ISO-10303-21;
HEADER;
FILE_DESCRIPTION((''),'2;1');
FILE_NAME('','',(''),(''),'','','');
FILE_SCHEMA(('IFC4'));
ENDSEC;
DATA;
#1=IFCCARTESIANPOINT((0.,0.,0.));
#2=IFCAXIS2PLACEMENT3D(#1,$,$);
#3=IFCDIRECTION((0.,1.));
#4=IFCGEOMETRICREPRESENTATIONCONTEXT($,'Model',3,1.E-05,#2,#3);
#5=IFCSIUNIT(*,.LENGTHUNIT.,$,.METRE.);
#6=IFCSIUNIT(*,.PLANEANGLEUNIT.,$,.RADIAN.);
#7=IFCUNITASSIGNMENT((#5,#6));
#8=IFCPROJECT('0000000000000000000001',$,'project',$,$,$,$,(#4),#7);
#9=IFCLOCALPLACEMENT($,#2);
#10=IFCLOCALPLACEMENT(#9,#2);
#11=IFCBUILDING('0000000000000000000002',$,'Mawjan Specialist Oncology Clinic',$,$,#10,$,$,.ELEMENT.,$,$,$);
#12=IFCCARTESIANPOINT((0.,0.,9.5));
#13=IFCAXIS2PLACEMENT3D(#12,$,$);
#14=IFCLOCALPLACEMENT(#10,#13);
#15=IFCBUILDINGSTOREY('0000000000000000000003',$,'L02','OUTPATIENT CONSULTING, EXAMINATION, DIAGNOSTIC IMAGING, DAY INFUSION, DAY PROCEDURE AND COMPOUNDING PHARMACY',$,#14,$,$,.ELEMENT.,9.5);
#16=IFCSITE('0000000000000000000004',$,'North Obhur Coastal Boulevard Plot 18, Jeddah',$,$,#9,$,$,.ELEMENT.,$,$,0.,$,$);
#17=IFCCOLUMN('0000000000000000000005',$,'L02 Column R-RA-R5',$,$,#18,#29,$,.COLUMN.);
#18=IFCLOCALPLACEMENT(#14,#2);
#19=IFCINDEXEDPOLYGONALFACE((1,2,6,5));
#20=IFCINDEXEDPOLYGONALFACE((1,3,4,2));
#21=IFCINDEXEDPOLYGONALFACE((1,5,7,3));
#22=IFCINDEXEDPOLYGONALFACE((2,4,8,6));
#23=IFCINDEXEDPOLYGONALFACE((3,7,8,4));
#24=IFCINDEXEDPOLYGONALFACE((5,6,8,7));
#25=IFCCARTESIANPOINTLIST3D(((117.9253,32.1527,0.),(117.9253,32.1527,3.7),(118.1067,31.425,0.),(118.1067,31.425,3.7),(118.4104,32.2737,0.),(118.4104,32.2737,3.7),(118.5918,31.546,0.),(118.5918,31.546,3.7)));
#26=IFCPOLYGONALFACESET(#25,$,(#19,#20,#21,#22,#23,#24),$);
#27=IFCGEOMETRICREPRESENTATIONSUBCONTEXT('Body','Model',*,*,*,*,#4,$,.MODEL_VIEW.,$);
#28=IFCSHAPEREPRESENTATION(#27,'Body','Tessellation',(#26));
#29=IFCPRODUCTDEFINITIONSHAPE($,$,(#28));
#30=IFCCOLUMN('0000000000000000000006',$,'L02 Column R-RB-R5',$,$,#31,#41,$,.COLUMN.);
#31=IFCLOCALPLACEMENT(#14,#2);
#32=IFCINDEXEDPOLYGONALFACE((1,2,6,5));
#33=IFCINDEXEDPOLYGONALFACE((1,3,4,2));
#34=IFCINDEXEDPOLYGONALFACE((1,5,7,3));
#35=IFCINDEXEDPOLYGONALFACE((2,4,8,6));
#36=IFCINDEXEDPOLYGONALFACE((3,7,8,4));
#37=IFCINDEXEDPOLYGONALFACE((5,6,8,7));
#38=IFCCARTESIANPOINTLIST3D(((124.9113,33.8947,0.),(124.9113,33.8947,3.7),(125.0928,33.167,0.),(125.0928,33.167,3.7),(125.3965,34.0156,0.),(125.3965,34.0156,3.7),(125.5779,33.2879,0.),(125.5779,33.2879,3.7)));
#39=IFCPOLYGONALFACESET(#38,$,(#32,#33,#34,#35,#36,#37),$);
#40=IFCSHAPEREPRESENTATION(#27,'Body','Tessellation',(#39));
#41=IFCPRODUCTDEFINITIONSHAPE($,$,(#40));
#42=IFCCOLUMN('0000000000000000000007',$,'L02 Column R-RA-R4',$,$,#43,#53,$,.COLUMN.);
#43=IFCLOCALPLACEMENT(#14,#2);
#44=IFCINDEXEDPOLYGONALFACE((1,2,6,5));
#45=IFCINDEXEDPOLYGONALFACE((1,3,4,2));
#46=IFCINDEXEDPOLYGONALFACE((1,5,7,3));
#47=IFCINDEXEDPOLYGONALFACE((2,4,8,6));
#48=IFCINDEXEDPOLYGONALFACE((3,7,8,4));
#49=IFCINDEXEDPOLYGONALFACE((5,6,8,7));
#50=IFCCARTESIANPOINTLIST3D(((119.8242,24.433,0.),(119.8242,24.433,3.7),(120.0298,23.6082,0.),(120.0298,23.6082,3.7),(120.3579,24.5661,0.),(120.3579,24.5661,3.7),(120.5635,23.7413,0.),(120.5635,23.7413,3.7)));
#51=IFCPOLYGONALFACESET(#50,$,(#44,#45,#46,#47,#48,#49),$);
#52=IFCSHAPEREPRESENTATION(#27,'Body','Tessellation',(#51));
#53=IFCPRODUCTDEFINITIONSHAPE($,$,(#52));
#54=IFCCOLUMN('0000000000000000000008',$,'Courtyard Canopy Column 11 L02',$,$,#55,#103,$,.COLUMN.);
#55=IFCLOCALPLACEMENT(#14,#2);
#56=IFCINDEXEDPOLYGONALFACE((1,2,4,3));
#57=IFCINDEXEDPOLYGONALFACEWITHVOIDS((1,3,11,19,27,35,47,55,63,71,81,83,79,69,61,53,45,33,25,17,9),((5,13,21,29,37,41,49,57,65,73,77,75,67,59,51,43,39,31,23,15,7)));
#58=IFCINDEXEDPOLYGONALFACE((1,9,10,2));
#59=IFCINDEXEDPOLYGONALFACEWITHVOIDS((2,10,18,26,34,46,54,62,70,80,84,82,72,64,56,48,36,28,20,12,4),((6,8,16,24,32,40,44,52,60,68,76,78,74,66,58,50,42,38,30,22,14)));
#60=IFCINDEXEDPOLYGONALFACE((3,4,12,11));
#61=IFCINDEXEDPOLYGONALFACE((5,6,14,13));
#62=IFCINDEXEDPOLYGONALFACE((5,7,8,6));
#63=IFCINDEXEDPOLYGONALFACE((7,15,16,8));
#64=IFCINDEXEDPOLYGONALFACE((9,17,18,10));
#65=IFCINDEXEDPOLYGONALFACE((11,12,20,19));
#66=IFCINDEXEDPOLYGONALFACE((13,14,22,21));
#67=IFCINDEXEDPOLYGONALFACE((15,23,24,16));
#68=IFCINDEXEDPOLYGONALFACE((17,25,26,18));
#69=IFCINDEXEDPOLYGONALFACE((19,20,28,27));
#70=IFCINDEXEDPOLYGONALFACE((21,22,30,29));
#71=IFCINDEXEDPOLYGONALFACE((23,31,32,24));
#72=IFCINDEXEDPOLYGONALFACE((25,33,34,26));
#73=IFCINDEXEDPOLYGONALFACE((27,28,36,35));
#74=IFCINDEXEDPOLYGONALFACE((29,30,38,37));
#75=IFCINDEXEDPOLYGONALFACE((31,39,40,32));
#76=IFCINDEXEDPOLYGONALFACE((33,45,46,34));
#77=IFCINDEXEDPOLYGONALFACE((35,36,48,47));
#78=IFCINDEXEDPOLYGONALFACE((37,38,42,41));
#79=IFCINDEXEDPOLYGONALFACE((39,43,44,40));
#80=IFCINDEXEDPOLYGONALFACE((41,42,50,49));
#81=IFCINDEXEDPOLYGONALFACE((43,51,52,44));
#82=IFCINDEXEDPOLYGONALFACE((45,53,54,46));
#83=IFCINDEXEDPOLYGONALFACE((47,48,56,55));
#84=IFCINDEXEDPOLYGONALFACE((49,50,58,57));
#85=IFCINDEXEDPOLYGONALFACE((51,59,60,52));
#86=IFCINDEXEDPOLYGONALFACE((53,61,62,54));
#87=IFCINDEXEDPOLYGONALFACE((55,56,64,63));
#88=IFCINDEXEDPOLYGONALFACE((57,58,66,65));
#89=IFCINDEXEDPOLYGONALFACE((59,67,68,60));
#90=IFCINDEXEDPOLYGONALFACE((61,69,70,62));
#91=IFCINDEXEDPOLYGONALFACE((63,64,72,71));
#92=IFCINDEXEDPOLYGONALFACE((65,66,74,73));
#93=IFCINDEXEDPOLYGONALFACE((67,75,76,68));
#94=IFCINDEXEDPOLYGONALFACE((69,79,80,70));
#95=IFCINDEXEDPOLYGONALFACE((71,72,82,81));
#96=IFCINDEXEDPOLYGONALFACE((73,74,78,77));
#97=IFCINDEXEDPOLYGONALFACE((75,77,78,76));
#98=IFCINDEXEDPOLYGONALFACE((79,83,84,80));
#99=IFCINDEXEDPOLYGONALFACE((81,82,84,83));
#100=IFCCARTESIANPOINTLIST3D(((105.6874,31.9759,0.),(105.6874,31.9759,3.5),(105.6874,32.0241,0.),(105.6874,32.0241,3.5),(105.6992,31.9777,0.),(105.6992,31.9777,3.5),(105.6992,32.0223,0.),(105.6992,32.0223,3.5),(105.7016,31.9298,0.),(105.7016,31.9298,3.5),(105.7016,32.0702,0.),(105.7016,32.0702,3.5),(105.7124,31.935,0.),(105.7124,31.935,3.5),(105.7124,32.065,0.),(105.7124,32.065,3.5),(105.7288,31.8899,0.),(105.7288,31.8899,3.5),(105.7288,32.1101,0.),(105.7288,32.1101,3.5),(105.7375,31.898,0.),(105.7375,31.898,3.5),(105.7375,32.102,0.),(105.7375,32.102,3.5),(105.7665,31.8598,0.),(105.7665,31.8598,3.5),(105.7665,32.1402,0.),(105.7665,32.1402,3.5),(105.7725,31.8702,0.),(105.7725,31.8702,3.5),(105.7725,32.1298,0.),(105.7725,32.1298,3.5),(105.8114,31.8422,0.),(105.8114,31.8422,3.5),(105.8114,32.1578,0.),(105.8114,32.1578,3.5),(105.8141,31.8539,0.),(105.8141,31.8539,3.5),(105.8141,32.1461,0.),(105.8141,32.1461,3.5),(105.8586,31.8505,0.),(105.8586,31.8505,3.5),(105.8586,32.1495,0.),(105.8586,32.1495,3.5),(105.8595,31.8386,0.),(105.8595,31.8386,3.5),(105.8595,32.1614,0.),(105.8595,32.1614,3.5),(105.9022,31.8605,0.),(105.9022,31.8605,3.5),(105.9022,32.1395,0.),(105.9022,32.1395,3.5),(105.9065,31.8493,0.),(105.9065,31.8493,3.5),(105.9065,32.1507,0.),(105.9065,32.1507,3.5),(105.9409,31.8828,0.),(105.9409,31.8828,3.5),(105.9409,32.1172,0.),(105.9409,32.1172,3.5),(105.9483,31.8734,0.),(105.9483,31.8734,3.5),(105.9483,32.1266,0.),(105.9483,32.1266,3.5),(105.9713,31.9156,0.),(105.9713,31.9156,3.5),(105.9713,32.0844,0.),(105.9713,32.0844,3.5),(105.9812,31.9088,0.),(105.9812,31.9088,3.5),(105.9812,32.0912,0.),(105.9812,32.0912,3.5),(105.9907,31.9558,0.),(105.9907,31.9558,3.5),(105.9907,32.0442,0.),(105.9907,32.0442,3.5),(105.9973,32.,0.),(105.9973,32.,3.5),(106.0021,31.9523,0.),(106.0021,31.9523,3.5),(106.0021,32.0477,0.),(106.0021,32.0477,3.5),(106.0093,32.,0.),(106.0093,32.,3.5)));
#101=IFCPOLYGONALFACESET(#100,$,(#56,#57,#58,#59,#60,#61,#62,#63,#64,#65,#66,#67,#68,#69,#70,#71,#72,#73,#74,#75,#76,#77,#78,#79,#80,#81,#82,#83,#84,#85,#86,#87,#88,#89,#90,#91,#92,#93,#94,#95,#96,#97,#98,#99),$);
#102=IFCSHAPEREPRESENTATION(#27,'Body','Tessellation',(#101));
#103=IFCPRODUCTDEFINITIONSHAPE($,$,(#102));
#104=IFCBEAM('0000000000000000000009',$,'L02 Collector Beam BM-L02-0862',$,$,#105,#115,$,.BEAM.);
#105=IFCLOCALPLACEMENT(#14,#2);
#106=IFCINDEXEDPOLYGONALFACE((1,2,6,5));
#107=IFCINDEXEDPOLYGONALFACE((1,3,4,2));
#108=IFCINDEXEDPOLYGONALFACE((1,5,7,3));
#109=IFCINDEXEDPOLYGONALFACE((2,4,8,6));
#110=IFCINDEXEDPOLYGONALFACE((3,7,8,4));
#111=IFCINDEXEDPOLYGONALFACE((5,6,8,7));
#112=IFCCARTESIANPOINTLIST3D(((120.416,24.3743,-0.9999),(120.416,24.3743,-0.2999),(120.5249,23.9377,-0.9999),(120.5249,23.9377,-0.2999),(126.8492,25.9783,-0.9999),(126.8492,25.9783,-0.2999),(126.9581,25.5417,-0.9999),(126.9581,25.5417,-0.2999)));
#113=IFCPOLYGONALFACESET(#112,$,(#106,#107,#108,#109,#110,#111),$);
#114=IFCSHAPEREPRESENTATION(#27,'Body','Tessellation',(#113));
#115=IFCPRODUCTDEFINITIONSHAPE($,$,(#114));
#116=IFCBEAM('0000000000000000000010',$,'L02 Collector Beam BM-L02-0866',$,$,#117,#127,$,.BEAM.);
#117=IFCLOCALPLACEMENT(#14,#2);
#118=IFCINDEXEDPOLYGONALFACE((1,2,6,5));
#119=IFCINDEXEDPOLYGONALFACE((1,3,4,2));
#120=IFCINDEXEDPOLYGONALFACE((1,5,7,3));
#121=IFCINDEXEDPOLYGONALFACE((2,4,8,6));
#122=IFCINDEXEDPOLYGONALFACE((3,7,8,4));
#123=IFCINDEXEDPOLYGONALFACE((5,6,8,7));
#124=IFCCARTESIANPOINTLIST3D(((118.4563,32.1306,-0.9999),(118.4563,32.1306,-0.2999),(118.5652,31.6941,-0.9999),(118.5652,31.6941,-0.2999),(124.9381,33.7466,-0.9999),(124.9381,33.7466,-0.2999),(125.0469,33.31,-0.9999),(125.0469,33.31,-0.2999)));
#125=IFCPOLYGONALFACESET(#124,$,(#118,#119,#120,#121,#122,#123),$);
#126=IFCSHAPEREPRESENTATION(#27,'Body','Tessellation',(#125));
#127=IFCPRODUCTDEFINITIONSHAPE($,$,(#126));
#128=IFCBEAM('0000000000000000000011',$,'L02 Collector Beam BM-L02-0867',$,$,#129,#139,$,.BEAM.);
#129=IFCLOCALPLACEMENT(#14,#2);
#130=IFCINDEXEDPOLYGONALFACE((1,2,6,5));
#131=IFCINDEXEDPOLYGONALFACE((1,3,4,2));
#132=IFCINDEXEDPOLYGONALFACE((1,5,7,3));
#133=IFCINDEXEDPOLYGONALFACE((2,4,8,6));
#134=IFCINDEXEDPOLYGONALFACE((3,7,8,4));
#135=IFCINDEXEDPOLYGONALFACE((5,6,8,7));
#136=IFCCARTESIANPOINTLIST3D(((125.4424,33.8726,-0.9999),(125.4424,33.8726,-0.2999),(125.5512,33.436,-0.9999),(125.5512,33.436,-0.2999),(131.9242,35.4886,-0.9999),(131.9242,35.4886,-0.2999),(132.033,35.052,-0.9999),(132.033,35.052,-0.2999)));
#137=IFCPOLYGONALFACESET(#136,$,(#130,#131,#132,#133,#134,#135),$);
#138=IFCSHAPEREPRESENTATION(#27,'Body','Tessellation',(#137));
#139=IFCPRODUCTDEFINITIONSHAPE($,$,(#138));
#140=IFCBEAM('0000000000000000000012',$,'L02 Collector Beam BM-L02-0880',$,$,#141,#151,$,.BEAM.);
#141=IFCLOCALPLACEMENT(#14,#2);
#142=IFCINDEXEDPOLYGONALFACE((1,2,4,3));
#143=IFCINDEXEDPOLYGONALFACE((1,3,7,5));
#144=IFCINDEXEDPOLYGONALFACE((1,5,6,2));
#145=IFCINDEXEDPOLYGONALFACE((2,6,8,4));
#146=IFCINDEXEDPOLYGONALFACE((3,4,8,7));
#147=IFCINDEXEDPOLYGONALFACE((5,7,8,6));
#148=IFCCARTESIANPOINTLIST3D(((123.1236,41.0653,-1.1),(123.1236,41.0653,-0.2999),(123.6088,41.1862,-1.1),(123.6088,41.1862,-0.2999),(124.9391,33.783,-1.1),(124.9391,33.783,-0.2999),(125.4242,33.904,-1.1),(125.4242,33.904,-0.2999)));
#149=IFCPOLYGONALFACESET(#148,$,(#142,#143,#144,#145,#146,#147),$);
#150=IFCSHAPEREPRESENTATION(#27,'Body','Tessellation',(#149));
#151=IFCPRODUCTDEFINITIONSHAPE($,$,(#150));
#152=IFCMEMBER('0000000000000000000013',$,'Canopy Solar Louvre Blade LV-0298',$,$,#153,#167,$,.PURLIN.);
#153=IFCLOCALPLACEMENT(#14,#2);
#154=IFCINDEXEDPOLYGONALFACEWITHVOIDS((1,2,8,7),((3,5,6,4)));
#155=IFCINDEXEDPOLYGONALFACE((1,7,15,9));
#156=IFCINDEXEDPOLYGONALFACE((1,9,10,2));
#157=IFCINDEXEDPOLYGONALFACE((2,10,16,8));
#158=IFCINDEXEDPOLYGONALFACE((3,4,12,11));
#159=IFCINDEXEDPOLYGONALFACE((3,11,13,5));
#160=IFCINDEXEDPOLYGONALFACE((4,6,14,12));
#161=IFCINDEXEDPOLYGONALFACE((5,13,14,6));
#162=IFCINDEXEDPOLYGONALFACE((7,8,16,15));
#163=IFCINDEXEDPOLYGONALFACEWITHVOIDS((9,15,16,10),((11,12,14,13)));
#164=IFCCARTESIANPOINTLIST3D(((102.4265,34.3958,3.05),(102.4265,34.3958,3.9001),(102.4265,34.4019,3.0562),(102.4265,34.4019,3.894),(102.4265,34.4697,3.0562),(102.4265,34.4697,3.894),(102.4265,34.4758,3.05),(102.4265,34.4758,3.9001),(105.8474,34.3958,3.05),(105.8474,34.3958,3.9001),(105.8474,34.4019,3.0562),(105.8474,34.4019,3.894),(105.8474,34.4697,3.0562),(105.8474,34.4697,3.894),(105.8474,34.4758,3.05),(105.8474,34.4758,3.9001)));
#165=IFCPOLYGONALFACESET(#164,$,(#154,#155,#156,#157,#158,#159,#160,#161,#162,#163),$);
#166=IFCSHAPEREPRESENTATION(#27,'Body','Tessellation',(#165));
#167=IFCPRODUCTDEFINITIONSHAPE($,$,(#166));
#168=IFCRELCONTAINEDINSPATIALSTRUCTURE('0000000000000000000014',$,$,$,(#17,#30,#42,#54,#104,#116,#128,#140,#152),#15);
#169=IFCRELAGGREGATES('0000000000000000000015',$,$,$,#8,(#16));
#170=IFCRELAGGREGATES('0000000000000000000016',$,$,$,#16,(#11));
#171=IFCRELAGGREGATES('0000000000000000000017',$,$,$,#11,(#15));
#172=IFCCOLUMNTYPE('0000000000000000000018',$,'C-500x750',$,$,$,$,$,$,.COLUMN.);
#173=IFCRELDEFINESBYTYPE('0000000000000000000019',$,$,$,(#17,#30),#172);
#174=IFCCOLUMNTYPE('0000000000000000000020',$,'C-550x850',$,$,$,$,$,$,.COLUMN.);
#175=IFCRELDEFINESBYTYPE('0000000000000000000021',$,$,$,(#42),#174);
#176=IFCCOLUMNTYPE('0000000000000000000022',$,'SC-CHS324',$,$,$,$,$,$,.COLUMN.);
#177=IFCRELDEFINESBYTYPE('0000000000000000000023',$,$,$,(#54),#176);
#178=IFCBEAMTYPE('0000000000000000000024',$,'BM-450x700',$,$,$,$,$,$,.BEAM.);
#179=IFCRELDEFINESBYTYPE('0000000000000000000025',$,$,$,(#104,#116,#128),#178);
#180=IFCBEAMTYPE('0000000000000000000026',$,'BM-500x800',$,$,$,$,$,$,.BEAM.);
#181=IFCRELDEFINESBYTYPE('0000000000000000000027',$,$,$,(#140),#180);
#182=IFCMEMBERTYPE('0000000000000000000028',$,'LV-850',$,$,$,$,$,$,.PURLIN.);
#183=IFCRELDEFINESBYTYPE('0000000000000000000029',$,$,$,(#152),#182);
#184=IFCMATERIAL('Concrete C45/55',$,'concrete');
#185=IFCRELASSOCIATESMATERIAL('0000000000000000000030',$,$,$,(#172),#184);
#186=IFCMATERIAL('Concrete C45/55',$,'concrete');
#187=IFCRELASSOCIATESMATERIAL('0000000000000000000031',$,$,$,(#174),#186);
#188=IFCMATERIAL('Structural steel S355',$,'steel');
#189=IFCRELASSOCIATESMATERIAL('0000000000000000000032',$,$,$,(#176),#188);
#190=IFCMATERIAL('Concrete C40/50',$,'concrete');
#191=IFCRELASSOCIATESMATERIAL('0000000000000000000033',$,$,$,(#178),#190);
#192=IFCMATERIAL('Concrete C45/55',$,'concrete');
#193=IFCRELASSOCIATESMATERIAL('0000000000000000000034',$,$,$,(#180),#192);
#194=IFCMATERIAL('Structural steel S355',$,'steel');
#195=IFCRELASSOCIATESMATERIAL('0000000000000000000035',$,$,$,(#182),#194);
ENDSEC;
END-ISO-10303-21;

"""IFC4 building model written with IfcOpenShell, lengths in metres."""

from ifc_helpers import new_model, si_unit, direction, frame, origin, origin_2d, place, context, subcontext, project, spatial, rectangle, hollow_rectangle, hollow_circle, extrude, material, material_profile, profile_set, type_object, element, save


model = new_model("IFC4")

# Units and contexts
model_context = context("Model", 3, precision=1e-05, world=origin(), true_north=direction((0.0, 1.0)))
body_context = subcontext(model_context, "Body", "Model", "MODEL_VIEW")
ifc_project = project(units=[si_unit("LENGTHUNIT", "METRE"), si_unit("PLANEANGLEUNIT", "RADIAN")], contexts=[model_context])

# Site, building, storey
site_placement = place(None, origin())
site = spatial("IfcSite", under=ifc_project, at=site_placement, Name="North Obhur Coastal Boulevard Plot 18, Jeddah", CompositionType="ELEMENT", RefElevation=0.0)
building_placement = place(site_placement, origin())
building = spatial("IfcBuilding", under=site, at=building_placement, Name="Mawjan Specialist Oncology Clinic", CompositionType="ELEMENT")
storey_placement = place(building_placement, frame((0.0, 0.0, 9.5)))
storey = spatial("IfcBuildingStorey", under=building, at=storey_placement, Name="L02", Description="OUTPATIENT CONSULTING, EXAMINATION, DIAGNOSTIC IMAGING, DAY INFUSION, DAY PROCEDURE AND COMPOUNDING PHARMACY", CompositionType="ELEMENT", Elevation=9.5)

# Columns
ifc_material_1 = material(Name="Concrete C45/55", Category="concrete")
ifc_material_profile_1 = material_profile(ifc_material_1, rectangle(XDim=0.5, YDim=0.75, at=origin_2d()), Name="RC COL 500x750", Category="concrete")
ifc_profile_set_1 = profile_set([ifc_material_profile_1], Name="Concrete C45/55")
column_type_1 = type_object("IfcColumnType", Name="C-500x750", PredefinedType="COLUMN", material=ifc_profile_set_1)
for number, where, z_axis, x_axis, name in (
    (1, (118.2585, 31.8494, 0.0), (0.0, 0.0, 1.0), (0.970296, 0.241922, 0.0), "L02 Column R-RA-R5"),
    (2, (125.2446, 33.5913, 0.0), (0.0, 0.0, 1.0), (0.970296, 0.241922, 0.0), "L02 Column R-RB-R5"),
):
    element("IfcColumn", number, at=place(storey_placement, frame(where, z_axis=z_axis, x_axis=x_axis)), inside=storey, type_object=column_type_1, Name=name, PredefinedType="COLUMN", context=body_context, shape_type="SweptSolid", body=[
        extrude(rectangle(XDim=0.5, YDim=0.75, at=origin_2d()), origin(), (0.0, 0.0, 1.0), 3.7),
    ])
ifc_material_2 = material(Name="Concrete C45/55", Category="concrete")
ifc_material_profile_2 = material_profile(ifc_material_2, rectangle(XDim=0.55, YDim=0.8501, at=origin_2d()), Name="RC COL 550x850", Category="concrete")
ifc_profile_set_2 = profile_set([ifc_material_profile_2], Name="Concrete C45/55")
column_type_2 = type_object("IfcColumnType", Name="C-550x850", PredefinedType="COLUMN", material=ifc_profile_set_2)
column_1_placement = place(storey_placement, frame((120.1938, 24.0872, 0.0), z_axis=(0.0, 0.0, 1.0), x_axis=(0.970296, 0.241922, 0.0)))
element("IfcColumn", 3, at=column_1_placement, inside=storey, type_object=column_type_2, Name="L02 Column R-RA-R4", PredefinedType="COLUMN", context=body_context, shape_type="SweptSolid", body=[
    extrude(rectangle(XDim=0.55, YDim=0.8501, at=origin_2d()), origin(), (0.0, 0.0, 1.0), 3.7),
])
ifc_material_3 = material(Name="Structural steel S355", Category="steel")
ifc_material_profile_3 = material_profile(ifc_material_3, hollow_circle(Radius=0.1619, WallThickness=0.012, at=origin_2d()), Name="CHS 323.9x12", Category="steel")
ifc_profile_set_3 = profile_set([ifc_material_profile_3], Name="Structural steel S355")
column_type_3 = type_object("IfcColumnType", Name="SC-CHS324", PredefinedType="COLUMN", material=ifc_profile_set_3)
column_2_placement = place(storey_placement, frame((105.8474, 32.0, 0.0), z_axis=(0.0, 0.0, 1.0), x_axis=(1.0, 0.0, 0.0)))
element("IfcColumn", 4, at=column_2_placement, inside=storey, type_object=column_type_3, Name="Courtyard Canopy Column 11 L02", PredefinedType="COLUMN", context=body_context, shape_type="SweptSolid", body=[
    extrude(hollow_circle(Radius=0.1619, WallThickness=0.012, at=origin_2d()), origin(), (0.0, 0.0, 1.0), 3.5),
])

# Beams
ifc_material_4 = material(Name="Concrete C40/50", Category="concrete")
ifc_material_profile_4 = material_profile(ifc_material_4, rectangle(XDim=0.45, YDim=0.7, at=origin_2d()), Name="RC BM 450x700", Category="concrete")
ifc_profile_set_4 = profile_set([ifc_material_profile_4], Name="Concrete C40/50")
beam_type_1 = type_object("IfcBeamType", Name="BM-450x700", PredefinedType="BEAM", material=ifc_profile_set_4)
beam_1_placement = place(storey_placement, frame((120.4705, 24.156, -0.6499), z_axis=(0.970294, 0.241929, 0.0), x_axis=(-0.241929, 0.970294, 0.0)))
element("IfcBeam", 5, at=beam_1_placement, inside=storey, type_object=beam_type_1, Name="L02 Collector Beam BM-L02-0862", PredefinedType="BEAM", context=body_context, shape_type="SweptSolid", body=[
    extrude(rectangle(XDim=0.45, YDim=0.7, at=origin_2d()), origin(), (0.0, 0.0, 1.0), 6.6301),
])
for number, where, z_axis, x_axis, name in (
    (6, (118.5107, 31.9124, -0.6499), (0.970299, 0.241908, 0.0), (-0.241908, 0.970299, 0.0), "L02 Collector Beam BM-L02-0866"),
    (7, (125.4968, 33.6543, -0.6499), (0.970299, 0.241908, 0.0), (-0.241908, 0.970299, 0.0), "L02 Collector Beam BM-L02-0867"),
):
    element("IfcBeam", number, at=place(storey_placement, frame(where, z_axis=z_axis, x_axis=x_axis)), inside=storey, type_object=beam_type_1, Name=name, PredefinedType="BEAM", context=body_context, shape_type="SweptSolid", body=[
        extrude(rectangle(XDim=0.45, YDim=0.7, at=origin_2d()), origin(), (0.0, 0.0, 1.0), 6.6802),
    ])
ifc_material_5 = material(Name="Concrete C45/55", Category="concrete")
ifc_material_profile_5 = material_profile(ifc_material_5, rectangle(XDim=0.5, YDim=0.8, at=origin_2d()), Name="RC BM 500x800", Category="concrete")
ifc_profile_set_5 = profile_set([ifc_material_profile_5], Name="Concrete C45/55")
beam_type_2 = type_object("IfcBeamType", Name="BM-500x800", PredefinedType="BEAM", material=ifc_profile_set_5)
beam_2_placement = place(storey_placement, frame((125.1816, 33.8435, -0.7), z_axis=(-0.241893, 0.970303, 0.0), x_axis=(-0.970303, -0.241893, 0.0)))
element("IfcBeam", 8, at=beam_2_placement, inside=storey, type_object=beam_type_2, Name="L02 Collector Beam BM-L02-0880", PredefinedType="BEAM", context=body_context, shape_type="SweptSolid", body=[
    extrude(rectangle(XDim=0.5, YDim=0.8, at=origin_2d()), origin(), (0.0, 0.0, 1.0), 7.5051),
])

# Member
ifc_material_6 = material(Name="Structural steel S355", Category="steel")
ifc_material_profile_6 = material_profile(ifc_material_6, hollow_rectangle(XDim=0.0801, YDim=0.8501, WallThickness=0.0061, at=origin_2d()), Name="LOUVRE 850x80x6", Category="steel")
ifc_profile_set_6 = profile_set([ifc_material_profile_6], Name="Structural steel S355")
member_type = type_object("IfcMemberType", Name="LV-850", PredefinedType="PURLIN", material=ifc_profile_set_6)
member_placement = place(storey_placement, frame((102.4265, 34.4358, 3.4751), z_axis=(1.0, 0.0, 0.0), x_axis=(0.0, 1.0, 0.0)))
element("IfcMember", 9, at=member_placement, inside=storey, type_object=member_type, Name="Canopy Solar Louvre Blade LV-0298", PredefinedType="PURLIN", context=body_context, shape_type="SweptSolid", body=[
    extrude(hollow_rectangle(XDim=0.0801, YDim=0.8501, WallThickness=0.0061, at=origin_2d()), origin(), (0.0, 0.0, 1.0), 3.4209),
])

save(model, "model.ifc")
